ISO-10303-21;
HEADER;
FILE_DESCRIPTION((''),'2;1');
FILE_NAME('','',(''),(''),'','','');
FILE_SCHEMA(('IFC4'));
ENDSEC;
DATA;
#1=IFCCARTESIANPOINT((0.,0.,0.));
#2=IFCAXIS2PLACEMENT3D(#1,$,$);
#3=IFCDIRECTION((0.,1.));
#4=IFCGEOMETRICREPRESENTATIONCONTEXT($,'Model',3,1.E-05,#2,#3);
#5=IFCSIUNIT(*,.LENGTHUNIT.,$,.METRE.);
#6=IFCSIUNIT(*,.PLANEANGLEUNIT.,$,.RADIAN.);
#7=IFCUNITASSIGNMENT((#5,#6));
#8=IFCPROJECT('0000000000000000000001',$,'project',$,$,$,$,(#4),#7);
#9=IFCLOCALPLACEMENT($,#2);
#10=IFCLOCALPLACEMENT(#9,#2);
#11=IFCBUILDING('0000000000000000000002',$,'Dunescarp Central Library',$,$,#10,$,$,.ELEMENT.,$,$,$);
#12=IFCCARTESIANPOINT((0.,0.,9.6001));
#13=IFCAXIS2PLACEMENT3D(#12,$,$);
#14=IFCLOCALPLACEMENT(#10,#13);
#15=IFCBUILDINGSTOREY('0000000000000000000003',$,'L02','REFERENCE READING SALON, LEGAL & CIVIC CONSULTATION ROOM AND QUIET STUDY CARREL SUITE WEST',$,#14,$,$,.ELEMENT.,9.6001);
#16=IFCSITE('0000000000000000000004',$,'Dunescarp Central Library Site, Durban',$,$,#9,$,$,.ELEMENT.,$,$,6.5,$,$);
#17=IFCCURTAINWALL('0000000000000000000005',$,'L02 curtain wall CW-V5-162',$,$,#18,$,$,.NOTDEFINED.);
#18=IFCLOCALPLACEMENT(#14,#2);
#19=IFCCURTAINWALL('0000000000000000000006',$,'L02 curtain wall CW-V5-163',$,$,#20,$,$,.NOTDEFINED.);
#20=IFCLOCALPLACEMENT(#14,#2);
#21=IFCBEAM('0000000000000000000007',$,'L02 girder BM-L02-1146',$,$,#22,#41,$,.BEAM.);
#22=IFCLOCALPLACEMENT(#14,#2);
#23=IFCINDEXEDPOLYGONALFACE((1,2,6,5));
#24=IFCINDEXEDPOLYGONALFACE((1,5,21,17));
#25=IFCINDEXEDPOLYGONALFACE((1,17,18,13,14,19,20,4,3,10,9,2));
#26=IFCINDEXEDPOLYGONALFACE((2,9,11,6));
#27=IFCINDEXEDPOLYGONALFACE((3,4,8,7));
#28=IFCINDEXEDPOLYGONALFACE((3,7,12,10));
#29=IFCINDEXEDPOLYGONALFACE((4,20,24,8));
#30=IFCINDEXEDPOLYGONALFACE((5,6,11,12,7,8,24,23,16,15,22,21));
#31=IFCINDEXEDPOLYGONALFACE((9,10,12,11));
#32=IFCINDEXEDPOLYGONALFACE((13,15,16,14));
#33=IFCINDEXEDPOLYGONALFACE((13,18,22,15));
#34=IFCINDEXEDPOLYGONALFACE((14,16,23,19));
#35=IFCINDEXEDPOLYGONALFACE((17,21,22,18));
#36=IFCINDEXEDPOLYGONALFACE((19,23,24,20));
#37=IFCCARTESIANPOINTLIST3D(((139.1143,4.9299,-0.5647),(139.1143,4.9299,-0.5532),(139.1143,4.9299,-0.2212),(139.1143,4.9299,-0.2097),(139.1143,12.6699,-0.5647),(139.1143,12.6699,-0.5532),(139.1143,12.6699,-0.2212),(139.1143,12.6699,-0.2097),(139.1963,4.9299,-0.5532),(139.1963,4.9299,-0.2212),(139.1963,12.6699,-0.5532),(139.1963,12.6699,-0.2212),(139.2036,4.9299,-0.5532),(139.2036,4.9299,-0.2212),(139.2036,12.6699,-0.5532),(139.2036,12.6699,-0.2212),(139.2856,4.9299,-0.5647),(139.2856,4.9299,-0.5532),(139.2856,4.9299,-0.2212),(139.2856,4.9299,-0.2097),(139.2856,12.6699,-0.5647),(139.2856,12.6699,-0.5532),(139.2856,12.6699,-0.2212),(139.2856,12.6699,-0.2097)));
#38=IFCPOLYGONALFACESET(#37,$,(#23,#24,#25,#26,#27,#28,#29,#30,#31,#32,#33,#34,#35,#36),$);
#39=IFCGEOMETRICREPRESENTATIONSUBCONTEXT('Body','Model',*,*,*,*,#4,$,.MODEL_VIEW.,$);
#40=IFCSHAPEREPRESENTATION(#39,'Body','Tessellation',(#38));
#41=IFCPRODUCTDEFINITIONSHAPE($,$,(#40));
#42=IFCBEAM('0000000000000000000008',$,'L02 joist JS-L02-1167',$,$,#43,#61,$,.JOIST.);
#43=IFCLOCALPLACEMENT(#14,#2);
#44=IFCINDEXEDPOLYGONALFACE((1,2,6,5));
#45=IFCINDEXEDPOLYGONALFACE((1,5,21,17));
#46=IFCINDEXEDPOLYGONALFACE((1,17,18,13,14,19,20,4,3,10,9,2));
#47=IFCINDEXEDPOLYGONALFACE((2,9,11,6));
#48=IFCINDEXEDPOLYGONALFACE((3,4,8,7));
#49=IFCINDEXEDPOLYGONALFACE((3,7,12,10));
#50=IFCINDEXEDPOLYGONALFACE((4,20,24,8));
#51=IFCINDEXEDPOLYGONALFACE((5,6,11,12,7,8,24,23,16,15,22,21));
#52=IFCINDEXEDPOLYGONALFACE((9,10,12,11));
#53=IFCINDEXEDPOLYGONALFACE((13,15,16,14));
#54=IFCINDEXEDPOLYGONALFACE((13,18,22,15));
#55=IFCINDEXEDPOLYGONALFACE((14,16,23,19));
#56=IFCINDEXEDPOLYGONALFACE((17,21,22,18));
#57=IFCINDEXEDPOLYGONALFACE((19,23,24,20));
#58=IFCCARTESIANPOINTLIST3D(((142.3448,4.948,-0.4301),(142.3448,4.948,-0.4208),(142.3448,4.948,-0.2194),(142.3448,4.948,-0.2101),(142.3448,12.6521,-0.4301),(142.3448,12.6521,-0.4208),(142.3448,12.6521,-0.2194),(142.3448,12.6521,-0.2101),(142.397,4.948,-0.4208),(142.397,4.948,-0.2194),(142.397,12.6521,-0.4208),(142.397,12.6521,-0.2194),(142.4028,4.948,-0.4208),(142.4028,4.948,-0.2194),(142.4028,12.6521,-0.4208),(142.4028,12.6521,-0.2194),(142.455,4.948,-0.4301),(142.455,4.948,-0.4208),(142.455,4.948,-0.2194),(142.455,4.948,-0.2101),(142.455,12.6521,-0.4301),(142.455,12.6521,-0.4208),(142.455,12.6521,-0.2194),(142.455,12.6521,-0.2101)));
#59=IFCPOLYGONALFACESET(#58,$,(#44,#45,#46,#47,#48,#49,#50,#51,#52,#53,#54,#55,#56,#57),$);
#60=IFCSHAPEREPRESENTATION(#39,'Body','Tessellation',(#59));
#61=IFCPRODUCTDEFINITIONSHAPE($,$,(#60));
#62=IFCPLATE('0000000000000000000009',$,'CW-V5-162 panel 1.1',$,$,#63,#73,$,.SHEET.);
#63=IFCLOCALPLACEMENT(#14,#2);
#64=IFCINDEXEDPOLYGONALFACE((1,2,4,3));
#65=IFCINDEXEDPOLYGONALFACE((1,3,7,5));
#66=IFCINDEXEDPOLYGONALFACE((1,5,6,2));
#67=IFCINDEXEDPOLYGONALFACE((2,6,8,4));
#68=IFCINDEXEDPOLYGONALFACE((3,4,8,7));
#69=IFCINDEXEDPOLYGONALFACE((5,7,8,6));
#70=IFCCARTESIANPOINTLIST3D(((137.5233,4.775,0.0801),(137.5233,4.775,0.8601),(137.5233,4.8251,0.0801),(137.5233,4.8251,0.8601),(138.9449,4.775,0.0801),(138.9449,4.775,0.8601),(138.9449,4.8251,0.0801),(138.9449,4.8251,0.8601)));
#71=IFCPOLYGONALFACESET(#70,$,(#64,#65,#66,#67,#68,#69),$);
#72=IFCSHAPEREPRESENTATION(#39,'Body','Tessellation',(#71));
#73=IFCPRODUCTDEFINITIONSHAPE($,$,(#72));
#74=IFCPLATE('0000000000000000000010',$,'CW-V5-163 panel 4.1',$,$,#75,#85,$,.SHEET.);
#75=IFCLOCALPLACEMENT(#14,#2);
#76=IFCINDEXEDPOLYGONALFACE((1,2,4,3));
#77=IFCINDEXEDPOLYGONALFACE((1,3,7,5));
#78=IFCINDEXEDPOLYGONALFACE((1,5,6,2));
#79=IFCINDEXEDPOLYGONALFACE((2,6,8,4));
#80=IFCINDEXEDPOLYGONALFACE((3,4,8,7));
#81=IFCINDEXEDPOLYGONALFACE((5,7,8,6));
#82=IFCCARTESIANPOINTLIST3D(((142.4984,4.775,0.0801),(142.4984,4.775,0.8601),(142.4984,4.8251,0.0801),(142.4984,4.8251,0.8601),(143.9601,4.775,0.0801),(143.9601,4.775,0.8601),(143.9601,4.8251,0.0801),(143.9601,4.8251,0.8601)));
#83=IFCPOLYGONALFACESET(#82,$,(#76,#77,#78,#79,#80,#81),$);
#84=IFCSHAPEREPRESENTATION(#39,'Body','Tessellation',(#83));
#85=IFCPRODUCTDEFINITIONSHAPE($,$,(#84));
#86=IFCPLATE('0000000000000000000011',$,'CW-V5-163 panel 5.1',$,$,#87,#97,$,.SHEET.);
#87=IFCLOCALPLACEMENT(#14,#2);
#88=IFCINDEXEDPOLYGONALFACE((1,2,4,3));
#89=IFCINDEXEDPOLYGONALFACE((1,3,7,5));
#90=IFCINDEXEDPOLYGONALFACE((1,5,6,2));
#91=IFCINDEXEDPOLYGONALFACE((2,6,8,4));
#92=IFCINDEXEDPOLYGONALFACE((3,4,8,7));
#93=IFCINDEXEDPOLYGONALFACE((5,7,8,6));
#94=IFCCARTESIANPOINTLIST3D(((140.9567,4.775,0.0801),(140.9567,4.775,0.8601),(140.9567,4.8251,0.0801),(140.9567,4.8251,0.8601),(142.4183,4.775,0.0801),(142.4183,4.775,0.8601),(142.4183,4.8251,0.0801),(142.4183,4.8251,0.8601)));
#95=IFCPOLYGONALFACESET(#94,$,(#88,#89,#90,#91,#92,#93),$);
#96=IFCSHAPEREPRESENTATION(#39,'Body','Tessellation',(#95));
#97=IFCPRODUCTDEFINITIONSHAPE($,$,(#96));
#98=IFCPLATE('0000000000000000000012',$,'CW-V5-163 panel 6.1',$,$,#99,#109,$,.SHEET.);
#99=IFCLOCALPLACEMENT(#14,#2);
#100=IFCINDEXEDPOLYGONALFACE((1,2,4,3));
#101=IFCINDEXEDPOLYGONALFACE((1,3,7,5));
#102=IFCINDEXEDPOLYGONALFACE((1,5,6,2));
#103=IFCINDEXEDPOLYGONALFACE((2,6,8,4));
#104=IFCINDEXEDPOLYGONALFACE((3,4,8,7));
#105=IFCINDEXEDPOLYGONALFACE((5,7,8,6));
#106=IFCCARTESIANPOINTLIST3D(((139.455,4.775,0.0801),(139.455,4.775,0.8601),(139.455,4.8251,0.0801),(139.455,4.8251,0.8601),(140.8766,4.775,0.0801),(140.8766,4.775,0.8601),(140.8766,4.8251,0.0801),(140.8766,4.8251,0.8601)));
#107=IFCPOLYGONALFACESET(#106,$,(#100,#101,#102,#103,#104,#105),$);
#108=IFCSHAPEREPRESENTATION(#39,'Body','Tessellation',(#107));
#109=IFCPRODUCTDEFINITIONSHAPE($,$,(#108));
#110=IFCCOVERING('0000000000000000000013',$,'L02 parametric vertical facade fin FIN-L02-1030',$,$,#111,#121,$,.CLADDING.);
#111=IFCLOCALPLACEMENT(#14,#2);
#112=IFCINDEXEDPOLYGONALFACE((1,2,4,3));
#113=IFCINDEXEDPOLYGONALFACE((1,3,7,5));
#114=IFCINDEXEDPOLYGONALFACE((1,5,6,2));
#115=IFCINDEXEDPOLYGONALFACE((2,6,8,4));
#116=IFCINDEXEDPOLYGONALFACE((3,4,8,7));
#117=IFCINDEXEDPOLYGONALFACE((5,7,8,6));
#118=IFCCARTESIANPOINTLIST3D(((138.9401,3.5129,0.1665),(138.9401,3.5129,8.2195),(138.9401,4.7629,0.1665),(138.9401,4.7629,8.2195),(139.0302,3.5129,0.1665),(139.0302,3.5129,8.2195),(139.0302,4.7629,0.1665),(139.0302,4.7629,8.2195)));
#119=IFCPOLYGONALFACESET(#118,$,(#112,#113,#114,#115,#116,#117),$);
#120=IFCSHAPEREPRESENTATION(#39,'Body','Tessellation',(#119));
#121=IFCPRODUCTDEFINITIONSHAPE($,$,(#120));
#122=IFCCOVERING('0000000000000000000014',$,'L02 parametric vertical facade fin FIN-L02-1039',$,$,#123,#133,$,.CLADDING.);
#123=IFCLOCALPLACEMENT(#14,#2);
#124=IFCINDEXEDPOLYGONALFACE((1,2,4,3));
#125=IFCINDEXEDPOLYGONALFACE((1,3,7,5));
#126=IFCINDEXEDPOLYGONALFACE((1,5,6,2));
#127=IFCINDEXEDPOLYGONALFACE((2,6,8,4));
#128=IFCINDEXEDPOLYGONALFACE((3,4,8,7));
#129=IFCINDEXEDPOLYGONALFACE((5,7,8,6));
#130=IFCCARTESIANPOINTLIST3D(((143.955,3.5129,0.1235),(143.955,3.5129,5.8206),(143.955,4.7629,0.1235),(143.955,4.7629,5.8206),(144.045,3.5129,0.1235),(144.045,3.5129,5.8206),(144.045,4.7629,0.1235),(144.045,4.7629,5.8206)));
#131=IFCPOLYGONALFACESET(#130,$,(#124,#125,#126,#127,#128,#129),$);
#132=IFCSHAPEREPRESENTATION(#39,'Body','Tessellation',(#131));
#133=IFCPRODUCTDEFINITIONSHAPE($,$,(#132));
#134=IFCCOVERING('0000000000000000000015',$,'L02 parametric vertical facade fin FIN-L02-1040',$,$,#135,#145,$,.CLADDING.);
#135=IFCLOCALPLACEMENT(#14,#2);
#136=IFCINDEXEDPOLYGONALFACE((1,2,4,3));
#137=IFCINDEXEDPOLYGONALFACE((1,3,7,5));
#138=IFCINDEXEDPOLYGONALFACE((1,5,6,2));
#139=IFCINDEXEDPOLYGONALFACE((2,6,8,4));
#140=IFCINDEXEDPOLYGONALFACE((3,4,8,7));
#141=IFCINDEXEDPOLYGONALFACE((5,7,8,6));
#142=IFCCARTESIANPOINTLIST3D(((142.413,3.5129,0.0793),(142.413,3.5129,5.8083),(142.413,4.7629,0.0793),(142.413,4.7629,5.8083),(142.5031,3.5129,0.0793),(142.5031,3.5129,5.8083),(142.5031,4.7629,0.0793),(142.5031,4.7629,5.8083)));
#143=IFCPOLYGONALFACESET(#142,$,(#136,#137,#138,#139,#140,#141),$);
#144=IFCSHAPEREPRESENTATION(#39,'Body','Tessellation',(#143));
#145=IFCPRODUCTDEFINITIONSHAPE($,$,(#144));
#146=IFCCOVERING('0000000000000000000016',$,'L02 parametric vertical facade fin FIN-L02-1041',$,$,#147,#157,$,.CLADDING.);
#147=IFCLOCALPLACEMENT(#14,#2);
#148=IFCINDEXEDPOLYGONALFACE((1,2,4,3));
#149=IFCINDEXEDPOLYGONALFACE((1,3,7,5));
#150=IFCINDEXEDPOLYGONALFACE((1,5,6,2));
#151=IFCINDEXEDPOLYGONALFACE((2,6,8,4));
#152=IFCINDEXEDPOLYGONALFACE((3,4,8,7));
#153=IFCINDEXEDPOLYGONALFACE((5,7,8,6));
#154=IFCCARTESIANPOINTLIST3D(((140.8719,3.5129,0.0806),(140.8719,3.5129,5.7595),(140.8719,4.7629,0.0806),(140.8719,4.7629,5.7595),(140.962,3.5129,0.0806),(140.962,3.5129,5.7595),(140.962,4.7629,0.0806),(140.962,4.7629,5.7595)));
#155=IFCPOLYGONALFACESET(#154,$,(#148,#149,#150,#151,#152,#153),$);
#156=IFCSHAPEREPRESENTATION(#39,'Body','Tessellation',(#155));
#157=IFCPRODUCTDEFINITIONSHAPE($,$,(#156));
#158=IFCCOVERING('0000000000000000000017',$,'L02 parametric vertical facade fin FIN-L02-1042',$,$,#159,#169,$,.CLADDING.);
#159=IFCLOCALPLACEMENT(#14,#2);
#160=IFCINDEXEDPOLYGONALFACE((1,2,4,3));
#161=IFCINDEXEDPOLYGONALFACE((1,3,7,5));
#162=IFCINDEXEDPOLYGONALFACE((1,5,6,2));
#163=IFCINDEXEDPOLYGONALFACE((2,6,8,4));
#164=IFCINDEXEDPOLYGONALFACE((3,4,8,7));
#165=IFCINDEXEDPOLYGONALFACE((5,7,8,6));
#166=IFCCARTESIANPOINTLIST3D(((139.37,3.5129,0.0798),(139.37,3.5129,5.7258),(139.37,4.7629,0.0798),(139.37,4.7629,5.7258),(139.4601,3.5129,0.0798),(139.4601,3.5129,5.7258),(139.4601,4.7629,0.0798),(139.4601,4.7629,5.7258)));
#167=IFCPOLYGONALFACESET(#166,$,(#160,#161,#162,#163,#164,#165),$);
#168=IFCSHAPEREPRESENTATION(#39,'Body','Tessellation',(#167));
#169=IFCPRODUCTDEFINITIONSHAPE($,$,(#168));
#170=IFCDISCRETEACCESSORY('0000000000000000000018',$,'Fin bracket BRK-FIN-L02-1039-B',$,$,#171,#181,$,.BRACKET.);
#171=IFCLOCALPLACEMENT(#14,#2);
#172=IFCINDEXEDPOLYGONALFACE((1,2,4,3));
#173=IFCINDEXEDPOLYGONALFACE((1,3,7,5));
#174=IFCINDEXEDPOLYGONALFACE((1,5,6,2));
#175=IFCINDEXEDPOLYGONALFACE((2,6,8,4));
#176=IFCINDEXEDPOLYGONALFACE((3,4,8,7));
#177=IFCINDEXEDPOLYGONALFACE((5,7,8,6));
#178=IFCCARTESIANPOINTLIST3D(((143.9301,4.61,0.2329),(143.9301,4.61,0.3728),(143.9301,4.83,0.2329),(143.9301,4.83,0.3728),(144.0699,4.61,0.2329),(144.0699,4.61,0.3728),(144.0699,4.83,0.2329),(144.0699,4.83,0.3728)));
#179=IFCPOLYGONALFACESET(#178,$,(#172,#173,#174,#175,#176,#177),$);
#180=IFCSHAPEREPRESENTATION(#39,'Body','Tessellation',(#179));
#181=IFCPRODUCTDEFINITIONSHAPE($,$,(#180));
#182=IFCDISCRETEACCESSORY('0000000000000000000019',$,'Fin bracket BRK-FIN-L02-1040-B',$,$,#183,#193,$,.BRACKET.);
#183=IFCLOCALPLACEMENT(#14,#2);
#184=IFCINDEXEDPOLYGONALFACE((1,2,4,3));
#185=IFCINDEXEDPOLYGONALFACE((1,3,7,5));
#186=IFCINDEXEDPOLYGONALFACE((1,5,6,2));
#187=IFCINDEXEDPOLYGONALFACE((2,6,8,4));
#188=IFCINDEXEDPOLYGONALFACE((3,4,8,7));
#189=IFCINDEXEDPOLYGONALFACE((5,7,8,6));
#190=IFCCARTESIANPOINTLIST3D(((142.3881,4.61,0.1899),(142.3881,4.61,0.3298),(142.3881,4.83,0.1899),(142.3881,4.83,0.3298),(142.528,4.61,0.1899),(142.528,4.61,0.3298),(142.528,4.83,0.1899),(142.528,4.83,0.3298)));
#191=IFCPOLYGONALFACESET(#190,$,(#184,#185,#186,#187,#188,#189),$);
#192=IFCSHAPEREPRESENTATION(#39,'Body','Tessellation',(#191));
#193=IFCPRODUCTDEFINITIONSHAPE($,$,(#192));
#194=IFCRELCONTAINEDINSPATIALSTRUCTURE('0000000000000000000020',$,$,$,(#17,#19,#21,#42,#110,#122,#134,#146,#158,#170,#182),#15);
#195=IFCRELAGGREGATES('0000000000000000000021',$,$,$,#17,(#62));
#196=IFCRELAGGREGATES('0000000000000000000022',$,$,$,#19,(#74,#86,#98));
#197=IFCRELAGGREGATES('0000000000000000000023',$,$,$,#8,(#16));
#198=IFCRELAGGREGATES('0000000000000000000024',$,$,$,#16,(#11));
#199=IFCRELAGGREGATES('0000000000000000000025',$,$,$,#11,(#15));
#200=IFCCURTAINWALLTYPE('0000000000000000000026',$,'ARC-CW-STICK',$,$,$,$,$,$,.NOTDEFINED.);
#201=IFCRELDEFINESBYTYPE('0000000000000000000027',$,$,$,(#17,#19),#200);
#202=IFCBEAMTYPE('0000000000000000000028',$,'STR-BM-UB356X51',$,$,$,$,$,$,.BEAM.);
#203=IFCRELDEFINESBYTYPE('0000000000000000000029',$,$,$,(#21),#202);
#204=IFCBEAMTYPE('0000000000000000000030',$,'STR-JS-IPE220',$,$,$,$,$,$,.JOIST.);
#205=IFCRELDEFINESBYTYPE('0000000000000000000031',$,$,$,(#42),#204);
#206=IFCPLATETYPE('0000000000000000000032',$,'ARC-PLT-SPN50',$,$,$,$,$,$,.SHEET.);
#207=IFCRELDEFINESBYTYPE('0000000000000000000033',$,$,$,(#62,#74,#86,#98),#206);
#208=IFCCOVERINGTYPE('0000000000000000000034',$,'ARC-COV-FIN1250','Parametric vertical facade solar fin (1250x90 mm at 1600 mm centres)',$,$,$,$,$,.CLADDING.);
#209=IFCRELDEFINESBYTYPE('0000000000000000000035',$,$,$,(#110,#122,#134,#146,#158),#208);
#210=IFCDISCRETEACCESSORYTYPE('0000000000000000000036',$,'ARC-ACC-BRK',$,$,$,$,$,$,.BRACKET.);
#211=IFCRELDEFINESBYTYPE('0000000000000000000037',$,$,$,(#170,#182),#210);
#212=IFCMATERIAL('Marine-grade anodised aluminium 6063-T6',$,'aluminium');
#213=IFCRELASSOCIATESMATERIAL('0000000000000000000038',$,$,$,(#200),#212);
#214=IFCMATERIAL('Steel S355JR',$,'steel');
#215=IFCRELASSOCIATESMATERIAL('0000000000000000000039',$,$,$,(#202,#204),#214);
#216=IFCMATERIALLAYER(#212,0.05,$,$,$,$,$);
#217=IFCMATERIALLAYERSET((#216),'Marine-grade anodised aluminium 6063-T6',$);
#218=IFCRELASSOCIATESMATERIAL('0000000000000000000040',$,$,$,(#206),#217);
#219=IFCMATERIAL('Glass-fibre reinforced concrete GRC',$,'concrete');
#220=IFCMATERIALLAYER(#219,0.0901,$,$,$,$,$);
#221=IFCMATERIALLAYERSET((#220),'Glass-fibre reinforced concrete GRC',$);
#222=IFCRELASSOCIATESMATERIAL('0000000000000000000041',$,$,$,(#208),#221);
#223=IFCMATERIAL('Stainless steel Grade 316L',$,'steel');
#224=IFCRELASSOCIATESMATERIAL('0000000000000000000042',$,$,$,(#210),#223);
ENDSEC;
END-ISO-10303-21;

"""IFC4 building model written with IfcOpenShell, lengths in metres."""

from ifc_helpers import new_model, si_unit, direction, frame, origin, origin_2d, place, context, subcontext, project, spatial, rectangle, i_section, extrude, material, layer, layer_set, material_profile, profile_set, type_object, element, aggregate, save


model = new_model("IFC4")

# Units and contexts
model_context = context("Model", 3, precision=1e-05, world=origin(), true_north=direction((0.0, 1.0)))
body_context = subcontext(model_context, "Body", "Model", "MODEL_VIEW")
ifc_project = project(units=[si_unit("LENGTHUNIT", "METRE"), si_unit("PLANEANGLEUNIT", "RADIAN")], contexts=[model_context])

# Site, building, storey
site_placement = place(None, origin())
site = spatial("IfcSite", under=ifc_project, at=site_placement, Name="Dunescarp Central Library Site, Durban", CompositionType="ELEMENT", RefElevation=6.5)
building_placement = place(site_placement, origin())
building = spatial("IfcBuilding", under=site, at=building_placement, Name="Dunescarp Central Library", CompositionType="ELEMENT")
storey_placement = place(building_placement, frame((0.0, 0.0, 9.6001)))
storey = spatial("IfcBuildingStorey", under=building, at=storey_placement, Name="L02", Description="REFERENCE READING SALON, LEGAL & CIVIC CONSULTATION ROOM AND QUIET STUDY CARREL SUITE WEST", CompositionType="ELEMENT", Elevation=9.6001)

# Shared definitions
ifc_material_1 = material(Name="Steel S355JR", Category="steel")

# Curtain walls
ifc_material_2 = material(Name="Marine-grade anodised aluminium 6063-T6", Category="aluminium")
curtain_wall_type = type_object("IfcCurtainWallType", Name="ARC-CW-STICK", PredefinedType="NOTDEFINED", material=ifc_material_2)
curtain_wall_1_placement = place(storey_placement, origin())
curtain_wall_1 = element("IfcCurtainWall", 1, at=curtain_wall_1_placement, inside=storey, type_object=curtain_wall_type, Name="L02 curtain wall CW-V5-162", PredefinedType="NOTDEFINED")
curtain_wall_2_placement = place(storey_placement, origin())
curtain_wall_2 = element("IfcCurtainWall", 2, at=curtain_wall_2_placement, inside=storey, type_object=curtain_wall_type, Name="L02 curtain wall CW-V5-163", PredefinedType="NOTDEFINED")

# Beams
ifc_material_profile_1 = material_profile(ifc_material_1, i_section(OverallWidth=0.1714, OverallDepth=0.355, WebThickness=0.0073, FlangeThickness=0.0115, at=origin_2d()), Name="UB 356x171x51")
ifc_profile_set_1 = profile_set([ifc_material_profile_1], Name="Steel S355JR")
beam_type_1 = type_object("IfcBeamType", Name="STR-BM-UB356X51", PredefinedType="BEAM", material=ifc_profile_set_1)
beam_1_placement = place(storey_placement, frame((139.2, 4.9299, -0.3872), z_axis=(0.0, 1.0, 0.0), x_axis=(-1.0, 0.0, 0.0)))
element("IfcBeam", 3, at=beam_1_placement, inside=storey, type_object=beam_type_1, Name="L02 girder BM-L02-1146", PredefinedType="BEAM", context=body_context, shape_type="SweptSolid", body=[
    extrude(i_section(OverallWidth=0.1714, OverallDepth=0.355, WebThickness=0.0073, FlangeThickness=0.0115, at=origin_2d()), origin(), (0.0, 0.0, 1.0), 7.74),
])
ifc_material_profile_2 = material_profile(ifc_material_1, i_section(OverallWidth=0.1101, OverallDepth=0.22, WebThickness=0.0059, FlangeThickness=0.0093, at=origin_2d()), Name="IPE 220")
ifc_profile_set_2 = profile_set([ifc_material_profile_2], Name="Steel S355JR")
beam_type_2 = type_object("IfcBeamType", Name="STR-JS-IPE220", PredefinedType="JOIST", material=ifc_profile_set_2)
beam_2_placement = place(storey_placement, frame((142.3999, 4.948, -0.3201), z_axis=(0.0, 1.0, 0.0), x_axis=(-1.0, 0.0, 0.0)))
element("IfcBeam", 4, at=beam_2_placement, inside=storey, type_object=beam_type_2, Name="L02 joist JS-L02-1167", PredefinedType="JOIST", context=body_context, shape_type="SweptSolid", body=[
    extrude(i_section(OverallWidth=0.1101, OverallDepth=0.22, WebThickness=0.0059, FlangeThickness=0.0093, at=origin_2d()), origin(), (0.0, 0.0, 1.0), 7.7041),
])

# Plates
ifc_layer_1 = layer(ifc_material_2, 0.05)
ifc_layer_set_1 = layer_set([ifc_layer_1], Name="Marine-grade anodised aluminium 6063-T6")
plate_type = type_object("IfcPlateType", Name="ARC-PLT-SPN50", PredefinedType="SHEET", material=ifc_layer_set_1)
plate_1_placement = place(storey_placement, frame((138.2341, 4.8, 0.0801), z_axis=(0.0, 0.0, 1.0), x_axis=(-1.0, 0.0, 0.0)))
plate_1 = element("IfcPlate", 5, at=plate_1_placement, type_object=plate_type, Name="CW-V5-162 panel 1.1", PredefinedType="SHEET", context=body_context, shape_type="SweptSolid", body=[
    extrude(rectangle(XDim=1.4216, YDim=0.05, at=origin_2d()), origin(), (0.0, 0.0, 1.0), 0.78),
])
aggregate(curtain_wall_1, [plate_1])
plate_2_placement = place(storey_placement, frame((143.2292, 4.8, 0.0801), z_axis=(0.0, 0.0, 1.0), x_axis=(-1.0, 0.0, 0.0)))
plate_2 = element("IfcPlate", 6, at=plate_2_placement, type_object=plate_type, Name="CW-V5-163 panel 4.1", PredefinedType="SHEET", context=body_context, shape_type="SweptSolid", body=[
    extrude(rectangle(XDim=1.4617, YDim=0.05, at=origin_2d()), origin(), (0.0, 0.0, 1.0), 0.78),
])
plate_3_placement = place(storey_placement, frame((141.6875, 4.8, 0.0801), z_axis=(0.0, 0.0, 1.0), x_axis=(-1.0, 0.0, 0.0)))
plate_3 = element("IfcPlate", 7, at=plate_3_placement, type_object=plate_type, Name="CW-V5-163 panel 5.1", PredefinedType="SHEET", context=body_context, shape_type="SweptSolid", body=[
    extrude(rectangle(XDim=1.4617, YDim=0.05, at=origin_2d()), origin(), (0.0, 0.0, 1.0), 0.78),
])
plate_4_placement = place(storey_placement, frame((140.1658, 4.8, 0.0801), z_axis=(0.0, 0.0, 1.0), x_axis=(-1.0, 0.0, 0.0)))
plate_4 = element("IfcPlate", 8, at=plate_4_placement, type_object=plate_type, Name="CW-V5-163 panel 6.1", PredefinedType="SHEET", context=body_context, shape_type="SweptSolid", body=[
    extrude(rectangle(XDim=1.4216, YDim=0.05, at=origin_2d()), origin(), (0.0, 0.0, 1.0), 0.78),
])
aggregate(curtain_wall_2, [plate_2, plate_3, plate_4])

# Coverings
ifc_material_3 = material(Name="Glass-fibre reinforced concrete GRC", Category="concrete")
ifc_layer_2 = layer(ifc_material_3, 0.0901)
ifc_layer_set_2 = layer_set([ifc_layer_2], Name="Glass-fibre reinforced concrete GRC")
covering_type = type_object("IfcCoveringType", Name="ARC-COV-FIN1250", Description="Parametric vertical facade solar fin (1250x90 mm at 1600 mm centres)", PredefinedType="CLADDING", material=ifc_layer_set_2)
covering_1_placement = place(storey_placement, frame((138.9851, 4.1379, 0.1665), z_axis=(0.0, 0.0, 1.0), x_axis=(0.0, -1.0, 0.0)))
element("IfcCovering", 9, at=covering_1_placement, inside=storey, type_object=covering_type, Name="L02 parametric vertical facade fin FIN-L02-1030", PredefinedType="CLADDING", context=body_context, shape_type="SweptSolid", body=[
    extrude(rectangle(XDim=1.25, YDim=0.0901, at=origin_2d()), origin(), (0.0, 0.0, 1.0), 8.053),
])
covering_2_placement = place(storey_placement, frame((144.0, 4.1379, 0.1235), z_axis=(0.0, 0.0, 1.0), x_axis=(0.0, -1.0, 0.0)))
element("IfcCovering", 10, at=covering_2_placement, inside=storey, type_object=covering_type, Name="L02 parametric vertical facade fin FIN-L02-1039", PredefinedType="CLADDING", context=body_context, shape_type="SweptSolid", body=[
    extrude(rectangle(XDim=1.25, YDim=0.0901, at=origin_2d()), origin(), (0.0, 0.0, 1.0), 5.697),
])
covering_3_placement = place(storey_placement, frame((142.458, 4.1379, 0.0793), z_axis=(0.0, 0.0, 1.0), x_axis=(0.0, -1.0, 0.0)))
element("IfcCovering", 11, at=covering_3_placement, inside=storey, type_object=covering_type, Name="L02 parametric vertical facade fin FIN-L02-1040", PredefinedType="CLADDING", context=body_context, shape_type="SweptSolid", body=[
    extrude(rectangle(XDim=1.25, YDim=0.0901, at=origin_2d()), origin(), (0.0, 0.0, 1.0), 5.729),
])
covering_4_placement = place(storey_placement, frame((140.917, 4.1379, 0.0806), z_axis=(0.0, 0.0, 1.0), x_axis=(0.0, -1.0, 0.0)))
element("IfcCovering", 12, at=covering_4_placement, inside=storey, type_object=covering_type, Name="L02 parametric vertical facade fin FIN-L02-1041", PredefinedType="CLADDING", context=body_context, shape_type="SweptSolid", body=[
    extrude(rectangle(XDim=1.25, YDim=0.0901, at=origin_2d()), origin(), (0.0, 0.0, 1.0), 5.679),
])
covering_5_placement = place(storey_placement, frame((139.415, 4.1379, 0.0798), z_axis=(0.0, 0.0, 1.0), x_axis=(0.0, -1.0, 0.0)))
element("IfcCovering", 13, at=covering_5_placement, inside=storey, type_object=covering_type, Name="L02 parametric vertical facade fin FIN-L02-1042", PredefinedType="CLADDING", context=body_context, shape_type="SweptSolid", body=[
    extrude(rectangle(XDim=1.25, YDim=0.0901, at=origin_2d()), origin(), (0.0, 0.0, 1.0), 5.646),
])

# Discrete accessories
ifc_material_4 = material(Name="Stainless steel Grade 316L", Category="steel")
discrete_accessory_type = type_object("IfcDiscreteAccessoryType", Name="ARC-ACC-BRK", PredefinedType="BRACKET", material=ifc_material_4)
for number, where, z_axis, x_axis, name in (
    (14, (144.0, 4.72, 0.2329), (0.0, 0.0, 1.0), (0.0, -1.0, 0.0), "Fin bracket BRK-FIN-L02-1039-B"),
    (15, (142.458, 4.72, 0.1899), (0.0, 0.0, 1.0), (0.0, -1.0, 0.0), "Fin bracket BRK-FIN-L02-1040-B"),
):
    element("IfcDiscreteAccessory", number, at=place(storey_placement, frame(where, z_axis=z_axis, x_axis=x_axis)), inside=storey, type_object=discrete_accessory_type, Name=name, PredefinedType="BRACKET", context=body_context, shape_type="SweptSolid", body=[
        extrude(rectangle(XDim=0.22, YDim=0.1399, at=origin_2d()), origin(), (0.0, 0.0, 1.0), 0.1399),
    ])

save(model, "model.ifc")
